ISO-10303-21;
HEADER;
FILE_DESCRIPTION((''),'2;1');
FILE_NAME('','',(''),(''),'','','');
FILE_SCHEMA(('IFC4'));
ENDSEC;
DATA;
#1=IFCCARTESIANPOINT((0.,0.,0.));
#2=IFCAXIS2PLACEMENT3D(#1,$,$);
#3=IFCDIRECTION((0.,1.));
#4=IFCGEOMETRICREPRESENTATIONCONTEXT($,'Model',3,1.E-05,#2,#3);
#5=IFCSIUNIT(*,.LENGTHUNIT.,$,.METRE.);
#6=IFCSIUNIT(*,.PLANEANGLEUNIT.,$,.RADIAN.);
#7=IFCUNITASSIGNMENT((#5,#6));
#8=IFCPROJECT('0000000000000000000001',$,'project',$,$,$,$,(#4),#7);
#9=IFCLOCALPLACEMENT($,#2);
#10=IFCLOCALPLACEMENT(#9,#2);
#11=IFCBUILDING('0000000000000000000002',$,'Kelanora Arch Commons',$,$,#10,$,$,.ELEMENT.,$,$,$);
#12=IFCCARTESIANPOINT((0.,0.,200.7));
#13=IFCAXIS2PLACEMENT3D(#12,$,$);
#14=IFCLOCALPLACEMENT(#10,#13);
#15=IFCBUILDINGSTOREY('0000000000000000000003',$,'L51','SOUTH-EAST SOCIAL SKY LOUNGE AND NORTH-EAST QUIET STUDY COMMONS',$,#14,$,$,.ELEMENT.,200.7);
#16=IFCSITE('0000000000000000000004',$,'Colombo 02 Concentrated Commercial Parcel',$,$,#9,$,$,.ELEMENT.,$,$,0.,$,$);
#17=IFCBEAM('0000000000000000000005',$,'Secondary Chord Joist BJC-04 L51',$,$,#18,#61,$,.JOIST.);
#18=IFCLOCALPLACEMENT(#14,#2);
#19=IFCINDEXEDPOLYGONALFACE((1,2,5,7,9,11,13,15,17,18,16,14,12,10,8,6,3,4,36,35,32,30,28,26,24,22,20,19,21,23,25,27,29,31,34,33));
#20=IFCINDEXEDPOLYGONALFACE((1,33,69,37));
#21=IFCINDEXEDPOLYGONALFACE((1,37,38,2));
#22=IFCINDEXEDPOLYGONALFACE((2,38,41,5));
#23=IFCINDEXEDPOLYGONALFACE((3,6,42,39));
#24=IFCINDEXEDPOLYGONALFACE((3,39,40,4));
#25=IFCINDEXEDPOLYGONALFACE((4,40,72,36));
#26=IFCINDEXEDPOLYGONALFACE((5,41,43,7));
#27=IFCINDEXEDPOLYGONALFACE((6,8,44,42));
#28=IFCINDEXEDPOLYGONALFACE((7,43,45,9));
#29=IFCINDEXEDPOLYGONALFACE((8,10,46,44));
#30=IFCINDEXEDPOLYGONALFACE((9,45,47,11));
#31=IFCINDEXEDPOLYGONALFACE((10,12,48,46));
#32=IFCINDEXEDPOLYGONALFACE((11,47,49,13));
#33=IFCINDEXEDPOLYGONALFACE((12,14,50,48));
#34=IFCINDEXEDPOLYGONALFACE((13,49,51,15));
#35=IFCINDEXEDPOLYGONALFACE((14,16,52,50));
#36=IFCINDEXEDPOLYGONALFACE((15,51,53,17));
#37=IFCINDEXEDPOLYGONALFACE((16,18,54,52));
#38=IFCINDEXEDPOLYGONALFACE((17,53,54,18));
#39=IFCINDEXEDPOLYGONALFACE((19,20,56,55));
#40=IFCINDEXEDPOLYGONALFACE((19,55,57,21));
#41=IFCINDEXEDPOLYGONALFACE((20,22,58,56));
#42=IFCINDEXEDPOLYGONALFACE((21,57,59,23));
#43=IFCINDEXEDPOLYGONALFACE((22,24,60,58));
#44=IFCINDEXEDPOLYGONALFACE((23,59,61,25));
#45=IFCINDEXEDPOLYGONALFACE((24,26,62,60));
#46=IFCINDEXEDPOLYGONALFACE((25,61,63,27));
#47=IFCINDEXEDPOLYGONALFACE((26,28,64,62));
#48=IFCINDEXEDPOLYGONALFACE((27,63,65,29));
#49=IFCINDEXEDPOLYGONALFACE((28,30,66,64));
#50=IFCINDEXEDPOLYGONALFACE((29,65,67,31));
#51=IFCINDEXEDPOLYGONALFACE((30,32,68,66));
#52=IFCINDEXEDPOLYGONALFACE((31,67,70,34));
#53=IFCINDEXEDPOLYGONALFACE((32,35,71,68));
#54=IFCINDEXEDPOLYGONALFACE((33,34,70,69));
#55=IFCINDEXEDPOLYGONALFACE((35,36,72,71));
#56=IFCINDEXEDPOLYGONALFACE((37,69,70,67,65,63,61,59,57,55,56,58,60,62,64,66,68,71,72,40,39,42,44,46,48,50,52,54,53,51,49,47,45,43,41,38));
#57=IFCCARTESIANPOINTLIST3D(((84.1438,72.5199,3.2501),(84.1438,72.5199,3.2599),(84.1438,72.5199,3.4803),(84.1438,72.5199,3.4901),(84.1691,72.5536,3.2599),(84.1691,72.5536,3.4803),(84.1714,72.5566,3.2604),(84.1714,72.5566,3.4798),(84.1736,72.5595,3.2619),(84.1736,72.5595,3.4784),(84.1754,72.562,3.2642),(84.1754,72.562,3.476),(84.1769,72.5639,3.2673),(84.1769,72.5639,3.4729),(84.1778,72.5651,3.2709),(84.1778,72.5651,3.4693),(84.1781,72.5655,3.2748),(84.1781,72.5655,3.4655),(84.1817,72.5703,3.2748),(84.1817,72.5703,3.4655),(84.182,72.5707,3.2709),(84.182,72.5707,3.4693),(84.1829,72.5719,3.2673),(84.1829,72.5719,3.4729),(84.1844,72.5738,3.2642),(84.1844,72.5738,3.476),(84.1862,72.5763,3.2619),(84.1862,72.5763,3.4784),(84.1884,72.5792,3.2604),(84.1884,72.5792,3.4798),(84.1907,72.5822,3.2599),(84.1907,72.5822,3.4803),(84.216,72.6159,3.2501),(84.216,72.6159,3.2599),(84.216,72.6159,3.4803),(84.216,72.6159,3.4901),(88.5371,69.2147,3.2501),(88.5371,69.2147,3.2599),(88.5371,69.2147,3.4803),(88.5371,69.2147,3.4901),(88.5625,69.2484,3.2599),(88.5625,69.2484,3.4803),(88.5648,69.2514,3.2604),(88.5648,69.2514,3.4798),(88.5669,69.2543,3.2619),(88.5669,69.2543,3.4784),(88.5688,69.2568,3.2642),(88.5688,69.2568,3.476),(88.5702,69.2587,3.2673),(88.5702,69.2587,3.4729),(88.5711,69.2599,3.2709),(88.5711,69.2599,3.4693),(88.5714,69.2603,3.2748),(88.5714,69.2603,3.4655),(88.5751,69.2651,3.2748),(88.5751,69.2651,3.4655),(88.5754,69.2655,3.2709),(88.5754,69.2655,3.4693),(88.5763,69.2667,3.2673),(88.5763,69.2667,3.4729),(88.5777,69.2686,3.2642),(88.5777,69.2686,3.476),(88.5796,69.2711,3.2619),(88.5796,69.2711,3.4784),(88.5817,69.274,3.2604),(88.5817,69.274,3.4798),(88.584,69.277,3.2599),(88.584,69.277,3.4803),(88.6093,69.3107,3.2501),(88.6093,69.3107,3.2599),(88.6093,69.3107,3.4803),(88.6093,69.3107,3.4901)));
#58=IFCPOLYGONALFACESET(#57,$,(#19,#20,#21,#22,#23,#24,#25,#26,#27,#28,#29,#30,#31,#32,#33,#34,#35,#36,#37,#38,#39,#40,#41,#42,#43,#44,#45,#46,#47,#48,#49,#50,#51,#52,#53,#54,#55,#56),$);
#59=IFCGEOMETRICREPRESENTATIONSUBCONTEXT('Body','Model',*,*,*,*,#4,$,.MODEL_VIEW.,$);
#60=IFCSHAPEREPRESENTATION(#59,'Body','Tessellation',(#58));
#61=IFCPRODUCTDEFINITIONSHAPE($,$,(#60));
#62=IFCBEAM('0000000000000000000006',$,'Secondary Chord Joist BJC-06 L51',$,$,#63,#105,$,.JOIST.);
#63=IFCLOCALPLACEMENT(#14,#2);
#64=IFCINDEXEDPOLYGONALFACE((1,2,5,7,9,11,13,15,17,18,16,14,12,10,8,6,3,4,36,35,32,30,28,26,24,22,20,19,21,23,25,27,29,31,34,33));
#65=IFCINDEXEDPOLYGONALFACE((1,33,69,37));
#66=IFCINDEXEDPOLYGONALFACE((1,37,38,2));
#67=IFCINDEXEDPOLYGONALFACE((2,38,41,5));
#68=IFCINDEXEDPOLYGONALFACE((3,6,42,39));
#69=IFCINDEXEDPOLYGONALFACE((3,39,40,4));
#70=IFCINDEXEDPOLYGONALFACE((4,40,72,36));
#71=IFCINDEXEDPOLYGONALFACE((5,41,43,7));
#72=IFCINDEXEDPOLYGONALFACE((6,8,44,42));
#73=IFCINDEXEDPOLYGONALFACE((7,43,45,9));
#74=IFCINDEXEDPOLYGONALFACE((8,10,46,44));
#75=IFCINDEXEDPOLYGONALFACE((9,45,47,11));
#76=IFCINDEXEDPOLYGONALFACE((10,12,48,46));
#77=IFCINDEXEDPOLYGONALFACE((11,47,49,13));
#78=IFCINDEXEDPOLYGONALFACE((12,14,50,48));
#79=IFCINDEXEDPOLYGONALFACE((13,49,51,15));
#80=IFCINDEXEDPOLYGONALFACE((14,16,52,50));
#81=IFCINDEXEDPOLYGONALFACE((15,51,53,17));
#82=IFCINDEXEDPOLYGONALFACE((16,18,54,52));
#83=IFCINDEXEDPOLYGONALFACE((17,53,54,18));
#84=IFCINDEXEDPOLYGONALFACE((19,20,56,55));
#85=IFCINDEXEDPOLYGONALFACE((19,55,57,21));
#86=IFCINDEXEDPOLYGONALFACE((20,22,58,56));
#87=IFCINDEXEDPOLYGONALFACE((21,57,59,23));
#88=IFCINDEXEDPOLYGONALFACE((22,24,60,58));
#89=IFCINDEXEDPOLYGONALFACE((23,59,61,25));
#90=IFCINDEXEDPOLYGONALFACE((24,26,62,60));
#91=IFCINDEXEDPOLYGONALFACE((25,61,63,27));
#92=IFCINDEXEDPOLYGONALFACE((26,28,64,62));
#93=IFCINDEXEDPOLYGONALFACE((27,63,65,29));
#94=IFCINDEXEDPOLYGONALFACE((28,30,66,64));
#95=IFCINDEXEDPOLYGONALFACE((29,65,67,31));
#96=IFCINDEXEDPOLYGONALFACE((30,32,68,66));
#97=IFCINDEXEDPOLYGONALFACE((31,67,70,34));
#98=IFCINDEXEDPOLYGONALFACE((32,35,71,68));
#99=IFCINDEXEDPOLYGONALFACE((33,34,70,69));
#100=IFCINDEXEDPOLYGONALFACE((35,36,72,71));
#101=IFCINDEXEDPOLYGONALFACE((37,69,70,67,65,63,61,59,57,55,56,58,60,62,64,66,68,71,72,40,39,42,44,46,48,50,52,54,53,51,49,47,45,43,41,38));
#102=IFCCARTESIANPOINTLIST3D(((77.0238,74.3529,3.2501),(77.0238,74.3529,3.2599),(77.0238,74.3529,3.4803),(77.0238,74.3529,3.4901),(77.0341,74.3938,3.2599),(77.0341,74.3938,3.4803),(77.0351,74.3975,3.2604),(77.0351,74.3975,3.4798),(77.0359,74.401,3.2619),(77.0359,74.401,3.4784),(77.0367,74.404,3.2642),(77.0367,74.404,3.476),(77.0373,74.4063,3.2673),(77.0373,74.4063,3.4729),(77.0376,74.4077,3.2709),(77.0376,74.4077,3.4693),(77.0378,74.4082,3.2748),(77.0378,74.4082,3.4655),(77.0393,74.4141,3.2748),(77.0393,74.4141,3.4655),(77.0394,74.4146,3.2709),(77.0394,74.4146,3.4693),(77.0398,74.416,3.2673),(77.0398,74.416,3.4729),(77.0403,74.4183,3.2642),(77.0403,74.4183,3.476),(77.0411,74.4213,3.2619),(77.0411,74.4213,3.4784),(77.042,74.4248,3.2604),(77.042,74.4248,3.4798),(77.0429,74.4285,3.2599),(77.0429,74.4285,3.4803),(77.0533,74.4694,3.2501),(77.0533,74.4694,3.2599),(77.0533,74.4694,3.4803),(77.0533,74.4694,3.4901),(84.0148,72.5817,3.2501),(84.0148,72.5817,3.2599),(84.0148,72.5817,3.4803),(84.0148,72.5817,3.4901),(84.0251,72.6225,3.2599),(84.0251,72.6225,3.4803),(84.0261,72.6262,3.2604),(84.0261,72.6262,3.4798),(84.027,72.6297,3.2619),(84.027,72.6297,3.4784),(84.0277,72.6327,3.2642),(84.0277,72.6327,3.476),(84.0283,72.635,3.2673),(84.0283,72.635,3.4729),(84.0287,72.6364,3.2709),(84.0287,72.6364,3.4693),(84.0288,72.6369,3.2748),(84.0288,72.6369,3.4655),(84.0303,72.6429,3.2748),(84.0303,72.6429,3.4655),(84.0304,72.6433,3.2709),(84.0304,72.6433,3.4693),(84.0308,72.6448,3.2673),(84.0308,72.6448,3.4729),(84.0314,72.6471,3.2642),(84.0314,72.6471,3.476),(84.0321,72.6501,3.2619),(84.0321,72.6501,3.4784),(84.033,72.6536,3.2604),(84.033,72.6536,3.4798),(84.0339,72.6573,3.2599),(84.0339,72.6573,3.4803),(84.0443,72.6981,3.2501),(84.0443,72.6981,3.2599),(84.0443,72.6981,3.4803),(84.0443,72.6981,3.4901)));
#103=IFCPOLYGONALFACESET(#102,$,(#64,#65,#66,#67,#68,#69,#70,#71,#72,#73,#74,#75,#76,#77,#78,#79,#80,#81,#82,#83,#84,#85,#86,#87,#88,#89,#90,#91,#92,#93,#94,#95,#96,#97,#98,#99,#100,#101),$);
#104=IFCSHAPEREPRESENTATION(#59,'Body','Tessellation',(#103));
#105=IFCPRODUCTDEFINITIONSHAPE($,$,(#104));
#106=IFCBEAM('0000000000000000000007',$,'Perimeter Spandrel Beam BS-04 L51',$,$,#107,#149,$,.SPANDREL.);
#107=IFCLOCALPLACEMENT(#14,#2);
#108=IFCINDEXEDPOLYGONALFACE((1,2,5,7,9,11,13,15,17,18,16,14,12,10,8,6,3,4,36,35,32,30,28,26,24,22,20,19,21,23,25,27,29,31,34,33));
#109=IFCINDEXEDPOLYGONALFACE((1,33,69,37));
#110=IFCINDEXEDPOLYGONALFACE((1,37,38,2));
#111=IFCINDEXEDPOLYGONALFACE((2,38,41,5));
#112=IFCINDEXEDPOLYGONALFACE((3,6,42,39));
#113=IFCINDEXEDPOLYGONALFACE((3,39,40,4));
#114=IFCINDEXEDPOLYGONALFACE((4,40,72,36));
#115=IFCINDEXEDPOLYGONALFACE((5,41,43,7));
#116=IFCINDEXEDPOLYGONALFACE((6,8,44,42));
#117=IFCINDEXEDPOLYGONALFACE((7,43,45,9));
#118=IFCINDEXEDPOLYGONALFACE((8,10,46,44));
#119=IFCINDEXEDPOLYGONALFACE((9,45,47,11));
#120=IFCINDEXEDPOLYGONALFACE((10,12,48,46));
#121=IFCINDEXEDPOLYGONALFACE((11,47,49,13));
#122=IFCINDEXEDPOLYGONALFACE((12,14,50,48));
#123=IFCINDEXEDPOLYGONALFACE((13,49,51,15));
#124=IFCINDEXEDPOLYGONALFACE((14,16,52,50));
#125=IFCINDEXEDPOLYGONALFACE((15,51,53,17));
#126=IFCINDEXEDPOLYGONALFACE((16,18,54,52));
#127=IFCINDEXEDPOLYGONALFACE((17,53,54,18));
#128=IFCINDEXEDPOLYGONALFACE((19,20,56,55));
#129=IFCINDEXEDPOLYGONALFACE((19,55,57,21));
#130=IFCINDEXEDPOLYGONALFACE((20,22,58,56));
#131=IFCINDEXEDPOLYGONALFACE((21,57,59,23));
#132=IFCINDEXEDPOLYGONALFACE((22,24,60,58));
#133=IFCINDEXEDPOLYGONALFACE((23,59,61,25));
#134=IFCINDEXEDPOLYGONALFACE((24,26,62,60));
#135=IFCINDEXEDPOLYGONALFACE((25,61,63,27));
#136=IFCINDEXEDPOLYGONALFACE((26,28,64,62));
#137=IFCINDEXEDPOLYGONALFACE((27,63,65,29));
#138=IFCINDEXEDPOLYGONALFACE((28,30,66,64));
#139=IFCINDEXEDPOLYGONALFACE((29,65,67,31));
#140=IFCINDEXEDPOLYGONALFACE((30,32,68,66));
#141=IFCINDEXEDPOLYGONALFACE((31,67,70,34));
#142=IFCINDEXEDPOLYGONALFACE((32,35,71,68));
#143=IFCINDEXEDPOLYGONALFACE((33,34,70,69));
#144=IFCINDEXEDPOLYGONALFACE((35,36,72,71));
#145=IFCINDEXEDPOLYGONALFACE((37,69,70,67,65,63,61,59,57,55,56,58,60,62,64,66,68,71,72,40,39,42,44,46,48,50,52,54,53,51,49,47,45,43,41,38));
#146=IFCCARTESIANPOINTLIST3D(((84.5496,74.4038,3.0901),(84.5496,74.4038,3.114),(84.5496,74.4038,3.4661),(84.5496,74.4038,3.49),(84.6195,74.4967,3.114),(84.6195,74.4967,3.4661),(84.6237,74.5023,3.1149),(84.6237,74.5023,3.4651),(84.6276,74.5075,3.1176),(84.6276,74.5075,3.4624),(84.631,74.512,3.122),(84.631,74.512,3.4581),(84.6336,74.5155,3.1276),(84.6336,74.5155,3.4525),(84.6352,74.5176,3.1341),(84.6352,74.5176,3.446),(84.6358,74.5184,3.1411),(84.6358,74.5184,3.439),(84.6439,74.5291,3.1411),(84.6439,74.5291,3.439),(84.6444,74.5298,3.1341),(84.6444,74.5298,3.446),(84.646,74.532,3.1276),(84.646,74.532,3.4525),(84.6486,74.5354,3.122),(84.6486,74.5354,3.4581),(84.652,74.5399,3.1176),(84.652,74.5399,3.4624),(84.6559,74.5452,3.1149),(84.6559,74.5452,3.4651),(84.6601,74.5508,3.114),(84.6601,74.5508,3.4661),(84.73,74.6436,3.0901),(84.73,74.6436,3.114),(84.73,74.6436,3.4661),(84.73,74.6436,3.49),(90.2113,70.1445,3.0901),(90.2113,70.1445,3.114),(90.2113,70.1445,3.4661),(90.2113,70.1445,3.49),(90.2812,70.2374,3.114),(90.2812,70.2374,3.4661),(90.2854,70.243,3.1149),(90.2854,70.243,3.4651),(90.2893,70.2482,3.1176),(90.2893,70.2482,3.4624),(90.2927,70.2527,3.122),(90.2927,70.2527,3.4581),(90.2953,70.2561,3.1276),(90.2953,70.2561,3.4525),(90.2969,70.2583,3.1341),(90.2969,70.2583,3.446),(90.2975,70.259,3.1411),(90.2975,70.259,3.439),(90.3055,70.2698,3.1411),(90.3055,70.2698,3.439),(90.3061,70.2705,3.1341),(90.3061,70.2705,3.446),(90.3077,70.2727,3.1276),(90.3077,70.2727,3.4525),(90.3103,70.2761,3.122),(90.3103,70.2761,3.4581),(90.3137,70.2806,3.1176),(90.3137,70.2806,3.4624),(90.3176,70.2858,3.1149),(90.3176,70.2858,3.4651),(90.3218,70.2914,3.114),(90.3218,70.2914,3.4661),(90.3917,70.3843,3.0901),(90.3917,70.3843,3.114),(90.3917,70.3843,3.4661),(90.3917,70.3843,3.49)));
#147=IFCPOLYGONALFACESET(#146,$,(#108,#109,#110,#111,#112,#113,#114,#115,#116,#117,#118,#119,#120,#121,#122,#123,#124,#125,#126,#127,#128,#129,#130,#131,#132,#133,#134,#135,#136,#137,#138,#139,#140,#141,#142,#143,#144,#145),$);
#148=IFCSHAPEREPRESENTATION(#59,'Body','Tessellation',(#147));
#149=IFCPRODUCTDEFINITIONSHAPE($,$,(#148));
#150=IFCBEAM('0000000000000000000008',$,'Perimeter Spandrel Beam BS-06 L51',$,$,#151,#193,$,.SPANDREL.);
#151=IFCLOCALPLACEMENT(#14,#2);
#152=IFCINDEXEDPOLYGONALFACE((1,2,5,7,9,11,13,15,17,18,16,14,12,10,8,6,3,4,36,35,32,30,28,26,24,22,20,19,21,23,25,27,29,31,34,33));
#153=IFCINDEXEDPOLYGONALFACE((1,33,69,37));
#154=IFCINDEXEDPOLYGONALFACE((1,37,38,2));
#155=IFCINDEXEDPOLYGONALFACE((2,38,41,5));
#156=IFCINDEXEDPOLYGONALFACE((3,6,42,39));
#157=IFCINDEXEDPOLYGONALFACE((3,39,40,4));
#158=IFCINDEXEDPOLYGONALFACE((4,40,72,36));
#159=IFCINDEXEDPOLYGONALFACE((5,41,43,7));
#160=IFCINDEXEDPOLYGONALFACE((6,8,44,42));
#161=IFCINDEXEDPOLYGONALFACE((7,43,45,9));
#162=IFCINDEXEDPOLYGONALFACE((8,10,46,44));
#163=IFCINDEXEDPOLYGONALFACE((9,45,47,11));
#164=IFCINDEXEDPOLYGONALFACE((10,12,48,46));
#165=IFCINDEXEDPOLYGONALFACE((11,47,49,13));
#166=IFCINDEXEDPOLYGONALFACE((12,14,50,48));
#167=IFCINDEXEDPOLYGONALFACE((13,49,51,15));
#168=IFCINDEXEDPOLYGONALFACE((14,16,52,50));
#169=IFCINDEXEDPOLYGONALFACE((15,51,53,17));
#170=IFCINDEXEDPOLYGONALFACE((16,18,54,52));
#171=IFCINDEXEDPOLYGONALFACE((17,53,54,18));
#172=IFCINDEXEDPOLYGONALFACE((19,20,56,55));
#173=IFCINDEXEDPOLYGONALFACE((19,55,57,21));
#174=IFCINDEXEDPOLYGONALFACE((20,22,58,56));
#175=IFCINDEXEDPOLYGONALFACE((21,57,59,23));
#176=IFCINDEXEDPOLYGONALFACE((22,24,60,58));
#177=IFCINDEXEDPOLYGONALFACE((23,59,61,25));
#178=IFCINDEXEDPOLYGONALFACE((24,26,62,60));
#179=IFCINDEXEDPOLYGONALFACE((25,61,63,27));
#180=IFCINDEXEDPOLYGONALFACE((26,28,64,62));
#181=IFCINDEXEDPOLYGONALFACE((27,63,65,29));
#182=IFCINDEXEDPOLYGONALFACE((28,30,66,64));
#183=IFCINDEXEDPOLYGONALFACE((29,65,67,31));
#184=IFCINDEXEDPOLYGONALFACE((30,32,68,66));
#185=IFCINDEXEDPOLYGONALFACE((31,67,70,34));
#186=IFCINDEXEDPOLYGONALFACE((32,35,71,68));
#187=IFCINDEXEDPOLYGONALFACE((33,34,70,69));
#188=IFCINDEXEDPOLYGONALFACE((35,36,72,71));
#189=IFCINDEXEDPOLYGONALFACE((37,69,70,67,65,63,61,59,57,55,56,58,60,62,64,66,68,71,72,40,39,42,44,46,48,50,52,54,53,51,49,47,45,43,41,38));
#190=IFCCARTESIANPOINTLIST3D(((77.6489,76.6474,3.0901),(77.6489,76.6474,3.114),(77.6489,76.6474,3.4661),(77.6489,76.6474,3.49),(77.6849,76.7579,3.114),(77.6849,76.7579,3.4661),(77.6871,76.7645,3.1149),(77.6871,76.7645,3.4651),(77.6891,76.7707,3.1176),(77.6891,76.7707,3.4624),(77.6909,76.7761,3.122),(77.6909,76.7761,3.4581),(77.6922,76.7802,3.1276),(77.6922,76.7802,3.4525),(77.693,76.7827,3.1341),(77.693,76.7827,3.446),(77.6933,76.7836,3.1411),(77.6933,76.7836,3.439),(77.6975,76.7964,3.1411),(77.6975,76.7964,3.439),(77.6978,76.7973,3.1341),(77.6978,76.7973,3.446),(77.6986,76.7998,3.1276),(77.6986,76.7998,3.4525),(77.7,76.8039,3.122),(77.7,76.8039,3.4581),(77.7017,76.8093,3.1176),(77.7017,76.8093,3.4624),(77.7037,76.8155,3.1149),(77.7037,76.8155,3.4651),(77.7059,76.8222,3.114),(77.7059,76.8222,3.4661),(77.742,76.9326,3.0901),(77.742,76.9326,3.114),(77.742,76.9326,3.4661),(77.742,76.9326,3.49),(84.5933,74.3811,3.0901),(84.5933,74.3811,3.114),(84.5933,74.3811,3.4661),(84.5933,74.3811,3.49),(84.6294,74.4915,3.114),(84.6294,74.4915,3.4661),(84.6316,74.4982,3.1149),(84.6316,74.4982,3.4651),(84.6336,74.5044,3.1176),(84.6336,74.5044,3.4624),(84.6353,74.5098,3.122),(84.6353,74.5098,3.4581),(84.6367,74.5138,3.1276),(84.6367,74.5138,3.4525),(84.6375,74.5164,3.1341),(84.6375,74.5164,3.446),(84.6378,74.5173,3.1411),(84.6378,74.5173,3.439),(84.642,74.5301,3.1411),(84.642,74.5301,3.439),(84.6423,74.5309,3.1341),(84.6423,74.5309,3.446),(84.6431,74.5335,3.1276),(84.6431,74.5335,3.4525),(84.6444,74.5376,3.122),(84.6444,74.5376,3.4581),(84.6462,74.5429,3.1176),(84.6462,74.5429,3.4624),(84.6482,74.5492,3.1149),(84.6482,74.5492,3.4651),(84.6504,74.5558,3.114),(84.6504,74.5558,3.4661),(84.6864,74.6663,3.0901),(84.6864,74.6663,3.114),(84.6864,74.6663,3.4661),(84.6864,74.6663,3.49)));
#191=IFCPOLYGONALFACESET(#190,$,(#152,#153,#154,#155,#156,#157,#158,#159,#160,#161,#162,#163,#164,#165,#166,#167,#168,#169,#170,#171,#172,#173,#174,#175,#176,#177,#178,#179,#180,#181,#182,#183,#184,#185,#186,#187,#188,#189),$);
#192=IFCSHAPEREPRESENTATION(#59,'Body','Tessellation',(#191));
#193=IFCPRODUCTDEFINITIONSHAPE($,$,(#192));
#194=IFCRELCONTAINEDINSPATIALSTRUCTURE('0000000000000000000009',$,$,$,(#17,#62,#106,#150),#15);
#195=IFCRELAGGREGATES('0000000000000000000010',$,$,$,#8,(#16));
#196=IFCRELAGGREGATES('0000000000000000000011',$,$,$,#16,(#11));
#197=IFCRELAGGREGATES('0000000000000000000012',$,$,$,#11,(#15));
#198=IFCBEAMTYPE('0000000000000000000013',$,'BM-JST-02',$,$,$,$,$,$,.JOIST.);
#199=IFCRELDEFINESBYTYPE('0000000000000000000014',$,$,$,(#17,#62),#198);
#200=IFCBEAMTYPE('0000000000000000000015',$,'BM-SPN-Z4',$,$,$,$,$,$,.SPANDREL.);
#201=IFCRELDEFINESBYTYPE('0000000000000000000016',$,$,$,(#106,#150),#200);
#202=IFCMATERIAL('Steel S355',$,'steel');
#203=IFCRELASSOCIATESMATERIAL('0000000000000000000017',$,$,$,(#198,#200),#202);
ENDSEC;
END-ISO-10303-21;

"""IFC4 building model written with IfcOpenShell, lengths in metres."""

from ifc_helpers import new_model, si_unit, direction, frame, origin, origin_2d, place, context, subcontext, project, spatial, i_section, extrude, material, material_profile, profile_set, type_object, element, save


model = new_model("IFC4")

# Units and contexts
model_context = context("Model", 3, precision=1e-05, world=origin(), true_north=direction((0.0, 1.0)))
body_context = subcontext(model_context, "Body", "Model", "MODEL_VIEW")
ifc_project = project(units=[si_unit("LENGTHUNIT", "METRE"), si_unit("PLANEANGLEUNIT", "RADIAN")], contexts=[model_context])

# Site, building, storey
site_placement = place(None, origin())
site = spatial("IfcSite", under=ifc_project, at=site_placement, Name="Colombo 02 Concentrated Commercial Parcel", CompositionType="ELEMENT", RefElevation=0.0)
building_placement = place(site_placement, origin())
building = spatial("IfcBuilding", under=site, at=building_placement, Name="Kelanora Arch Commons", CompositionType="ELEMENT")
storey_placement = place(building_placement, frame((0.0, 0.0, 200.7)))
storey = spatial("IfcBuildingStorey", under=building, at=storey_placement, Name="L51", Description="SOUTH-EAST SOCIAL SKY LOUNGE AND NORTH-EAST QUIET STUDY COMMONS", CompositionType="ELEMENT", Elevation=200.7)

# Beams
ifc_material_1 = material(Name="Steel S355", Category="steel")
ifc_material_profile_1 = material_profile(ifc_material_1, i_section(OverallWidth=0.1201, OverallDepth=0.24, WebThickness=0.0061, FlangeThickness=0.0098, FilletRadius=0.0149, at=origin_2d()), Name="IPE240")
ifc_profile_set_1 = profile_set([ifc_material_profile_1], Name="Steel S355")
beam_type_1 = type_object("IfcBeamType", Name="BM-JST-02", PredefinedType="JOIST", material=ifc_profile_set_1)
beam_1_placement = place(storey_placement, frame((88.5732, 69.2627, 3.3701), z_axis=(-0.799109, 0.601186, 0.0), x_axis=(-0.601186, -0.799109, 0.0)))
element("IfcBeam", 1, at=beam_1_placement, inside=storey, type_object=beam_type_1, Name="Secondary Chord Joist BJC-04 L51", PredefinedType="JOIST", context=body_context, shape_type="SweptSolid", body=[
    extrude(i_section(OverallWidth=0.1201, OverallDepth=0.24, WebThickness=0.0061, FlangeThickness=0.0098, FilletRadius=0.0149, at=origin_2d()), origin(), (0.0, 0.0, 1.0), 5.4978),
])
beam_2_placement = place(storey_placement, frame((84.0295, 72.6399, 3.3701), z_axis=(-0.969371, 0.245601, 0.0), x_axis=(-0.245601, -0.969371, 0.0)))
element("IfcBeam", 2, at=beam_2_placement, inside=storey, type_object=beam_type_1, Name="Secondary Chord Joist BJC-06 L51", PredefinedType="JOIST", context=body_context, shape_type="SweptSolid", body=[
    extrude(i_section(OverallWidth=0.1201, OverallDepth=0.24, WebThickness=0.0061, FlangeThickness=0.0098, FilletRadius=0.0149, at=origin_2d()), origin(), (0.0, 0.0, 1.0), 7.2119),
])
ifc_material_profile_2 = material_profile(ifc_material_1, i_section(OverallWidth=0.3, OverallDepth=0.3999, WebThickness=0.0134, FlangeThickness=0.0239, FilletRadius=0.0271, at=origin_2d()), Name="HEB400")
ifc_profile_set_2 = profile_set([ifc_material_profile_2], Name="Steel S355")
beam_type_2 = type_object("IfcBeamType", Name="BM-SPN-Z4", PredefinedType="SPANDREL", material=ifc_profile_set_2)
beam_3_placement = place(storey_placement, frame((90.3015, 70.2644, 3.29), z_axis=(-0.799114, 0.601179, 0.0), x_axis=(-0.601179, -0.799114, 0.0)))
element("IfcBeam", 3, at=beam_3_placement, inside=storey, type_object=beam_type_2, Name="Perimeter Spandrel Beam BS-04 L51", PredefinedType="SPANDREL", context=body_context, shape_type="SweptSolid", body=[
    extrude(i_section(OverallWidth=0.3, OverallDepth=0.3999, WebThickness=0.0134, FlangeThickness=0.0239, FilletRadius=0.0271, at=origin_2d()), origin(), (0.0, 0.0, 1.0), 7.085),
])
beam_4_placement = place(storey_placement, frame((84.6399, 74.5237, 3.29), z_axis=(-0.950656, 0.310246, 0.0), x_axis=(-0.310246, -0.950656, 0.0)))
element("IfcBeam", 4, at=beam_4_placement, inside=storey, type_object=beam_type_2, Name="Perimeter Spandrel Beam BS-06 L51", PredefinedType="SPANDREL", context=body_context, shape_type="SweptSolid", body=[
    extrude(i_section(OverallWidth=0.3, OverallDepth=0.3999, WebThickness=0.0134, FlangeThickness=0.0239, FilletRadius=0.0271, at=origin_2d()), origin(), (0.0, 0.0, 1.0), 7.3049),
])

save(model, "model.ifc")
